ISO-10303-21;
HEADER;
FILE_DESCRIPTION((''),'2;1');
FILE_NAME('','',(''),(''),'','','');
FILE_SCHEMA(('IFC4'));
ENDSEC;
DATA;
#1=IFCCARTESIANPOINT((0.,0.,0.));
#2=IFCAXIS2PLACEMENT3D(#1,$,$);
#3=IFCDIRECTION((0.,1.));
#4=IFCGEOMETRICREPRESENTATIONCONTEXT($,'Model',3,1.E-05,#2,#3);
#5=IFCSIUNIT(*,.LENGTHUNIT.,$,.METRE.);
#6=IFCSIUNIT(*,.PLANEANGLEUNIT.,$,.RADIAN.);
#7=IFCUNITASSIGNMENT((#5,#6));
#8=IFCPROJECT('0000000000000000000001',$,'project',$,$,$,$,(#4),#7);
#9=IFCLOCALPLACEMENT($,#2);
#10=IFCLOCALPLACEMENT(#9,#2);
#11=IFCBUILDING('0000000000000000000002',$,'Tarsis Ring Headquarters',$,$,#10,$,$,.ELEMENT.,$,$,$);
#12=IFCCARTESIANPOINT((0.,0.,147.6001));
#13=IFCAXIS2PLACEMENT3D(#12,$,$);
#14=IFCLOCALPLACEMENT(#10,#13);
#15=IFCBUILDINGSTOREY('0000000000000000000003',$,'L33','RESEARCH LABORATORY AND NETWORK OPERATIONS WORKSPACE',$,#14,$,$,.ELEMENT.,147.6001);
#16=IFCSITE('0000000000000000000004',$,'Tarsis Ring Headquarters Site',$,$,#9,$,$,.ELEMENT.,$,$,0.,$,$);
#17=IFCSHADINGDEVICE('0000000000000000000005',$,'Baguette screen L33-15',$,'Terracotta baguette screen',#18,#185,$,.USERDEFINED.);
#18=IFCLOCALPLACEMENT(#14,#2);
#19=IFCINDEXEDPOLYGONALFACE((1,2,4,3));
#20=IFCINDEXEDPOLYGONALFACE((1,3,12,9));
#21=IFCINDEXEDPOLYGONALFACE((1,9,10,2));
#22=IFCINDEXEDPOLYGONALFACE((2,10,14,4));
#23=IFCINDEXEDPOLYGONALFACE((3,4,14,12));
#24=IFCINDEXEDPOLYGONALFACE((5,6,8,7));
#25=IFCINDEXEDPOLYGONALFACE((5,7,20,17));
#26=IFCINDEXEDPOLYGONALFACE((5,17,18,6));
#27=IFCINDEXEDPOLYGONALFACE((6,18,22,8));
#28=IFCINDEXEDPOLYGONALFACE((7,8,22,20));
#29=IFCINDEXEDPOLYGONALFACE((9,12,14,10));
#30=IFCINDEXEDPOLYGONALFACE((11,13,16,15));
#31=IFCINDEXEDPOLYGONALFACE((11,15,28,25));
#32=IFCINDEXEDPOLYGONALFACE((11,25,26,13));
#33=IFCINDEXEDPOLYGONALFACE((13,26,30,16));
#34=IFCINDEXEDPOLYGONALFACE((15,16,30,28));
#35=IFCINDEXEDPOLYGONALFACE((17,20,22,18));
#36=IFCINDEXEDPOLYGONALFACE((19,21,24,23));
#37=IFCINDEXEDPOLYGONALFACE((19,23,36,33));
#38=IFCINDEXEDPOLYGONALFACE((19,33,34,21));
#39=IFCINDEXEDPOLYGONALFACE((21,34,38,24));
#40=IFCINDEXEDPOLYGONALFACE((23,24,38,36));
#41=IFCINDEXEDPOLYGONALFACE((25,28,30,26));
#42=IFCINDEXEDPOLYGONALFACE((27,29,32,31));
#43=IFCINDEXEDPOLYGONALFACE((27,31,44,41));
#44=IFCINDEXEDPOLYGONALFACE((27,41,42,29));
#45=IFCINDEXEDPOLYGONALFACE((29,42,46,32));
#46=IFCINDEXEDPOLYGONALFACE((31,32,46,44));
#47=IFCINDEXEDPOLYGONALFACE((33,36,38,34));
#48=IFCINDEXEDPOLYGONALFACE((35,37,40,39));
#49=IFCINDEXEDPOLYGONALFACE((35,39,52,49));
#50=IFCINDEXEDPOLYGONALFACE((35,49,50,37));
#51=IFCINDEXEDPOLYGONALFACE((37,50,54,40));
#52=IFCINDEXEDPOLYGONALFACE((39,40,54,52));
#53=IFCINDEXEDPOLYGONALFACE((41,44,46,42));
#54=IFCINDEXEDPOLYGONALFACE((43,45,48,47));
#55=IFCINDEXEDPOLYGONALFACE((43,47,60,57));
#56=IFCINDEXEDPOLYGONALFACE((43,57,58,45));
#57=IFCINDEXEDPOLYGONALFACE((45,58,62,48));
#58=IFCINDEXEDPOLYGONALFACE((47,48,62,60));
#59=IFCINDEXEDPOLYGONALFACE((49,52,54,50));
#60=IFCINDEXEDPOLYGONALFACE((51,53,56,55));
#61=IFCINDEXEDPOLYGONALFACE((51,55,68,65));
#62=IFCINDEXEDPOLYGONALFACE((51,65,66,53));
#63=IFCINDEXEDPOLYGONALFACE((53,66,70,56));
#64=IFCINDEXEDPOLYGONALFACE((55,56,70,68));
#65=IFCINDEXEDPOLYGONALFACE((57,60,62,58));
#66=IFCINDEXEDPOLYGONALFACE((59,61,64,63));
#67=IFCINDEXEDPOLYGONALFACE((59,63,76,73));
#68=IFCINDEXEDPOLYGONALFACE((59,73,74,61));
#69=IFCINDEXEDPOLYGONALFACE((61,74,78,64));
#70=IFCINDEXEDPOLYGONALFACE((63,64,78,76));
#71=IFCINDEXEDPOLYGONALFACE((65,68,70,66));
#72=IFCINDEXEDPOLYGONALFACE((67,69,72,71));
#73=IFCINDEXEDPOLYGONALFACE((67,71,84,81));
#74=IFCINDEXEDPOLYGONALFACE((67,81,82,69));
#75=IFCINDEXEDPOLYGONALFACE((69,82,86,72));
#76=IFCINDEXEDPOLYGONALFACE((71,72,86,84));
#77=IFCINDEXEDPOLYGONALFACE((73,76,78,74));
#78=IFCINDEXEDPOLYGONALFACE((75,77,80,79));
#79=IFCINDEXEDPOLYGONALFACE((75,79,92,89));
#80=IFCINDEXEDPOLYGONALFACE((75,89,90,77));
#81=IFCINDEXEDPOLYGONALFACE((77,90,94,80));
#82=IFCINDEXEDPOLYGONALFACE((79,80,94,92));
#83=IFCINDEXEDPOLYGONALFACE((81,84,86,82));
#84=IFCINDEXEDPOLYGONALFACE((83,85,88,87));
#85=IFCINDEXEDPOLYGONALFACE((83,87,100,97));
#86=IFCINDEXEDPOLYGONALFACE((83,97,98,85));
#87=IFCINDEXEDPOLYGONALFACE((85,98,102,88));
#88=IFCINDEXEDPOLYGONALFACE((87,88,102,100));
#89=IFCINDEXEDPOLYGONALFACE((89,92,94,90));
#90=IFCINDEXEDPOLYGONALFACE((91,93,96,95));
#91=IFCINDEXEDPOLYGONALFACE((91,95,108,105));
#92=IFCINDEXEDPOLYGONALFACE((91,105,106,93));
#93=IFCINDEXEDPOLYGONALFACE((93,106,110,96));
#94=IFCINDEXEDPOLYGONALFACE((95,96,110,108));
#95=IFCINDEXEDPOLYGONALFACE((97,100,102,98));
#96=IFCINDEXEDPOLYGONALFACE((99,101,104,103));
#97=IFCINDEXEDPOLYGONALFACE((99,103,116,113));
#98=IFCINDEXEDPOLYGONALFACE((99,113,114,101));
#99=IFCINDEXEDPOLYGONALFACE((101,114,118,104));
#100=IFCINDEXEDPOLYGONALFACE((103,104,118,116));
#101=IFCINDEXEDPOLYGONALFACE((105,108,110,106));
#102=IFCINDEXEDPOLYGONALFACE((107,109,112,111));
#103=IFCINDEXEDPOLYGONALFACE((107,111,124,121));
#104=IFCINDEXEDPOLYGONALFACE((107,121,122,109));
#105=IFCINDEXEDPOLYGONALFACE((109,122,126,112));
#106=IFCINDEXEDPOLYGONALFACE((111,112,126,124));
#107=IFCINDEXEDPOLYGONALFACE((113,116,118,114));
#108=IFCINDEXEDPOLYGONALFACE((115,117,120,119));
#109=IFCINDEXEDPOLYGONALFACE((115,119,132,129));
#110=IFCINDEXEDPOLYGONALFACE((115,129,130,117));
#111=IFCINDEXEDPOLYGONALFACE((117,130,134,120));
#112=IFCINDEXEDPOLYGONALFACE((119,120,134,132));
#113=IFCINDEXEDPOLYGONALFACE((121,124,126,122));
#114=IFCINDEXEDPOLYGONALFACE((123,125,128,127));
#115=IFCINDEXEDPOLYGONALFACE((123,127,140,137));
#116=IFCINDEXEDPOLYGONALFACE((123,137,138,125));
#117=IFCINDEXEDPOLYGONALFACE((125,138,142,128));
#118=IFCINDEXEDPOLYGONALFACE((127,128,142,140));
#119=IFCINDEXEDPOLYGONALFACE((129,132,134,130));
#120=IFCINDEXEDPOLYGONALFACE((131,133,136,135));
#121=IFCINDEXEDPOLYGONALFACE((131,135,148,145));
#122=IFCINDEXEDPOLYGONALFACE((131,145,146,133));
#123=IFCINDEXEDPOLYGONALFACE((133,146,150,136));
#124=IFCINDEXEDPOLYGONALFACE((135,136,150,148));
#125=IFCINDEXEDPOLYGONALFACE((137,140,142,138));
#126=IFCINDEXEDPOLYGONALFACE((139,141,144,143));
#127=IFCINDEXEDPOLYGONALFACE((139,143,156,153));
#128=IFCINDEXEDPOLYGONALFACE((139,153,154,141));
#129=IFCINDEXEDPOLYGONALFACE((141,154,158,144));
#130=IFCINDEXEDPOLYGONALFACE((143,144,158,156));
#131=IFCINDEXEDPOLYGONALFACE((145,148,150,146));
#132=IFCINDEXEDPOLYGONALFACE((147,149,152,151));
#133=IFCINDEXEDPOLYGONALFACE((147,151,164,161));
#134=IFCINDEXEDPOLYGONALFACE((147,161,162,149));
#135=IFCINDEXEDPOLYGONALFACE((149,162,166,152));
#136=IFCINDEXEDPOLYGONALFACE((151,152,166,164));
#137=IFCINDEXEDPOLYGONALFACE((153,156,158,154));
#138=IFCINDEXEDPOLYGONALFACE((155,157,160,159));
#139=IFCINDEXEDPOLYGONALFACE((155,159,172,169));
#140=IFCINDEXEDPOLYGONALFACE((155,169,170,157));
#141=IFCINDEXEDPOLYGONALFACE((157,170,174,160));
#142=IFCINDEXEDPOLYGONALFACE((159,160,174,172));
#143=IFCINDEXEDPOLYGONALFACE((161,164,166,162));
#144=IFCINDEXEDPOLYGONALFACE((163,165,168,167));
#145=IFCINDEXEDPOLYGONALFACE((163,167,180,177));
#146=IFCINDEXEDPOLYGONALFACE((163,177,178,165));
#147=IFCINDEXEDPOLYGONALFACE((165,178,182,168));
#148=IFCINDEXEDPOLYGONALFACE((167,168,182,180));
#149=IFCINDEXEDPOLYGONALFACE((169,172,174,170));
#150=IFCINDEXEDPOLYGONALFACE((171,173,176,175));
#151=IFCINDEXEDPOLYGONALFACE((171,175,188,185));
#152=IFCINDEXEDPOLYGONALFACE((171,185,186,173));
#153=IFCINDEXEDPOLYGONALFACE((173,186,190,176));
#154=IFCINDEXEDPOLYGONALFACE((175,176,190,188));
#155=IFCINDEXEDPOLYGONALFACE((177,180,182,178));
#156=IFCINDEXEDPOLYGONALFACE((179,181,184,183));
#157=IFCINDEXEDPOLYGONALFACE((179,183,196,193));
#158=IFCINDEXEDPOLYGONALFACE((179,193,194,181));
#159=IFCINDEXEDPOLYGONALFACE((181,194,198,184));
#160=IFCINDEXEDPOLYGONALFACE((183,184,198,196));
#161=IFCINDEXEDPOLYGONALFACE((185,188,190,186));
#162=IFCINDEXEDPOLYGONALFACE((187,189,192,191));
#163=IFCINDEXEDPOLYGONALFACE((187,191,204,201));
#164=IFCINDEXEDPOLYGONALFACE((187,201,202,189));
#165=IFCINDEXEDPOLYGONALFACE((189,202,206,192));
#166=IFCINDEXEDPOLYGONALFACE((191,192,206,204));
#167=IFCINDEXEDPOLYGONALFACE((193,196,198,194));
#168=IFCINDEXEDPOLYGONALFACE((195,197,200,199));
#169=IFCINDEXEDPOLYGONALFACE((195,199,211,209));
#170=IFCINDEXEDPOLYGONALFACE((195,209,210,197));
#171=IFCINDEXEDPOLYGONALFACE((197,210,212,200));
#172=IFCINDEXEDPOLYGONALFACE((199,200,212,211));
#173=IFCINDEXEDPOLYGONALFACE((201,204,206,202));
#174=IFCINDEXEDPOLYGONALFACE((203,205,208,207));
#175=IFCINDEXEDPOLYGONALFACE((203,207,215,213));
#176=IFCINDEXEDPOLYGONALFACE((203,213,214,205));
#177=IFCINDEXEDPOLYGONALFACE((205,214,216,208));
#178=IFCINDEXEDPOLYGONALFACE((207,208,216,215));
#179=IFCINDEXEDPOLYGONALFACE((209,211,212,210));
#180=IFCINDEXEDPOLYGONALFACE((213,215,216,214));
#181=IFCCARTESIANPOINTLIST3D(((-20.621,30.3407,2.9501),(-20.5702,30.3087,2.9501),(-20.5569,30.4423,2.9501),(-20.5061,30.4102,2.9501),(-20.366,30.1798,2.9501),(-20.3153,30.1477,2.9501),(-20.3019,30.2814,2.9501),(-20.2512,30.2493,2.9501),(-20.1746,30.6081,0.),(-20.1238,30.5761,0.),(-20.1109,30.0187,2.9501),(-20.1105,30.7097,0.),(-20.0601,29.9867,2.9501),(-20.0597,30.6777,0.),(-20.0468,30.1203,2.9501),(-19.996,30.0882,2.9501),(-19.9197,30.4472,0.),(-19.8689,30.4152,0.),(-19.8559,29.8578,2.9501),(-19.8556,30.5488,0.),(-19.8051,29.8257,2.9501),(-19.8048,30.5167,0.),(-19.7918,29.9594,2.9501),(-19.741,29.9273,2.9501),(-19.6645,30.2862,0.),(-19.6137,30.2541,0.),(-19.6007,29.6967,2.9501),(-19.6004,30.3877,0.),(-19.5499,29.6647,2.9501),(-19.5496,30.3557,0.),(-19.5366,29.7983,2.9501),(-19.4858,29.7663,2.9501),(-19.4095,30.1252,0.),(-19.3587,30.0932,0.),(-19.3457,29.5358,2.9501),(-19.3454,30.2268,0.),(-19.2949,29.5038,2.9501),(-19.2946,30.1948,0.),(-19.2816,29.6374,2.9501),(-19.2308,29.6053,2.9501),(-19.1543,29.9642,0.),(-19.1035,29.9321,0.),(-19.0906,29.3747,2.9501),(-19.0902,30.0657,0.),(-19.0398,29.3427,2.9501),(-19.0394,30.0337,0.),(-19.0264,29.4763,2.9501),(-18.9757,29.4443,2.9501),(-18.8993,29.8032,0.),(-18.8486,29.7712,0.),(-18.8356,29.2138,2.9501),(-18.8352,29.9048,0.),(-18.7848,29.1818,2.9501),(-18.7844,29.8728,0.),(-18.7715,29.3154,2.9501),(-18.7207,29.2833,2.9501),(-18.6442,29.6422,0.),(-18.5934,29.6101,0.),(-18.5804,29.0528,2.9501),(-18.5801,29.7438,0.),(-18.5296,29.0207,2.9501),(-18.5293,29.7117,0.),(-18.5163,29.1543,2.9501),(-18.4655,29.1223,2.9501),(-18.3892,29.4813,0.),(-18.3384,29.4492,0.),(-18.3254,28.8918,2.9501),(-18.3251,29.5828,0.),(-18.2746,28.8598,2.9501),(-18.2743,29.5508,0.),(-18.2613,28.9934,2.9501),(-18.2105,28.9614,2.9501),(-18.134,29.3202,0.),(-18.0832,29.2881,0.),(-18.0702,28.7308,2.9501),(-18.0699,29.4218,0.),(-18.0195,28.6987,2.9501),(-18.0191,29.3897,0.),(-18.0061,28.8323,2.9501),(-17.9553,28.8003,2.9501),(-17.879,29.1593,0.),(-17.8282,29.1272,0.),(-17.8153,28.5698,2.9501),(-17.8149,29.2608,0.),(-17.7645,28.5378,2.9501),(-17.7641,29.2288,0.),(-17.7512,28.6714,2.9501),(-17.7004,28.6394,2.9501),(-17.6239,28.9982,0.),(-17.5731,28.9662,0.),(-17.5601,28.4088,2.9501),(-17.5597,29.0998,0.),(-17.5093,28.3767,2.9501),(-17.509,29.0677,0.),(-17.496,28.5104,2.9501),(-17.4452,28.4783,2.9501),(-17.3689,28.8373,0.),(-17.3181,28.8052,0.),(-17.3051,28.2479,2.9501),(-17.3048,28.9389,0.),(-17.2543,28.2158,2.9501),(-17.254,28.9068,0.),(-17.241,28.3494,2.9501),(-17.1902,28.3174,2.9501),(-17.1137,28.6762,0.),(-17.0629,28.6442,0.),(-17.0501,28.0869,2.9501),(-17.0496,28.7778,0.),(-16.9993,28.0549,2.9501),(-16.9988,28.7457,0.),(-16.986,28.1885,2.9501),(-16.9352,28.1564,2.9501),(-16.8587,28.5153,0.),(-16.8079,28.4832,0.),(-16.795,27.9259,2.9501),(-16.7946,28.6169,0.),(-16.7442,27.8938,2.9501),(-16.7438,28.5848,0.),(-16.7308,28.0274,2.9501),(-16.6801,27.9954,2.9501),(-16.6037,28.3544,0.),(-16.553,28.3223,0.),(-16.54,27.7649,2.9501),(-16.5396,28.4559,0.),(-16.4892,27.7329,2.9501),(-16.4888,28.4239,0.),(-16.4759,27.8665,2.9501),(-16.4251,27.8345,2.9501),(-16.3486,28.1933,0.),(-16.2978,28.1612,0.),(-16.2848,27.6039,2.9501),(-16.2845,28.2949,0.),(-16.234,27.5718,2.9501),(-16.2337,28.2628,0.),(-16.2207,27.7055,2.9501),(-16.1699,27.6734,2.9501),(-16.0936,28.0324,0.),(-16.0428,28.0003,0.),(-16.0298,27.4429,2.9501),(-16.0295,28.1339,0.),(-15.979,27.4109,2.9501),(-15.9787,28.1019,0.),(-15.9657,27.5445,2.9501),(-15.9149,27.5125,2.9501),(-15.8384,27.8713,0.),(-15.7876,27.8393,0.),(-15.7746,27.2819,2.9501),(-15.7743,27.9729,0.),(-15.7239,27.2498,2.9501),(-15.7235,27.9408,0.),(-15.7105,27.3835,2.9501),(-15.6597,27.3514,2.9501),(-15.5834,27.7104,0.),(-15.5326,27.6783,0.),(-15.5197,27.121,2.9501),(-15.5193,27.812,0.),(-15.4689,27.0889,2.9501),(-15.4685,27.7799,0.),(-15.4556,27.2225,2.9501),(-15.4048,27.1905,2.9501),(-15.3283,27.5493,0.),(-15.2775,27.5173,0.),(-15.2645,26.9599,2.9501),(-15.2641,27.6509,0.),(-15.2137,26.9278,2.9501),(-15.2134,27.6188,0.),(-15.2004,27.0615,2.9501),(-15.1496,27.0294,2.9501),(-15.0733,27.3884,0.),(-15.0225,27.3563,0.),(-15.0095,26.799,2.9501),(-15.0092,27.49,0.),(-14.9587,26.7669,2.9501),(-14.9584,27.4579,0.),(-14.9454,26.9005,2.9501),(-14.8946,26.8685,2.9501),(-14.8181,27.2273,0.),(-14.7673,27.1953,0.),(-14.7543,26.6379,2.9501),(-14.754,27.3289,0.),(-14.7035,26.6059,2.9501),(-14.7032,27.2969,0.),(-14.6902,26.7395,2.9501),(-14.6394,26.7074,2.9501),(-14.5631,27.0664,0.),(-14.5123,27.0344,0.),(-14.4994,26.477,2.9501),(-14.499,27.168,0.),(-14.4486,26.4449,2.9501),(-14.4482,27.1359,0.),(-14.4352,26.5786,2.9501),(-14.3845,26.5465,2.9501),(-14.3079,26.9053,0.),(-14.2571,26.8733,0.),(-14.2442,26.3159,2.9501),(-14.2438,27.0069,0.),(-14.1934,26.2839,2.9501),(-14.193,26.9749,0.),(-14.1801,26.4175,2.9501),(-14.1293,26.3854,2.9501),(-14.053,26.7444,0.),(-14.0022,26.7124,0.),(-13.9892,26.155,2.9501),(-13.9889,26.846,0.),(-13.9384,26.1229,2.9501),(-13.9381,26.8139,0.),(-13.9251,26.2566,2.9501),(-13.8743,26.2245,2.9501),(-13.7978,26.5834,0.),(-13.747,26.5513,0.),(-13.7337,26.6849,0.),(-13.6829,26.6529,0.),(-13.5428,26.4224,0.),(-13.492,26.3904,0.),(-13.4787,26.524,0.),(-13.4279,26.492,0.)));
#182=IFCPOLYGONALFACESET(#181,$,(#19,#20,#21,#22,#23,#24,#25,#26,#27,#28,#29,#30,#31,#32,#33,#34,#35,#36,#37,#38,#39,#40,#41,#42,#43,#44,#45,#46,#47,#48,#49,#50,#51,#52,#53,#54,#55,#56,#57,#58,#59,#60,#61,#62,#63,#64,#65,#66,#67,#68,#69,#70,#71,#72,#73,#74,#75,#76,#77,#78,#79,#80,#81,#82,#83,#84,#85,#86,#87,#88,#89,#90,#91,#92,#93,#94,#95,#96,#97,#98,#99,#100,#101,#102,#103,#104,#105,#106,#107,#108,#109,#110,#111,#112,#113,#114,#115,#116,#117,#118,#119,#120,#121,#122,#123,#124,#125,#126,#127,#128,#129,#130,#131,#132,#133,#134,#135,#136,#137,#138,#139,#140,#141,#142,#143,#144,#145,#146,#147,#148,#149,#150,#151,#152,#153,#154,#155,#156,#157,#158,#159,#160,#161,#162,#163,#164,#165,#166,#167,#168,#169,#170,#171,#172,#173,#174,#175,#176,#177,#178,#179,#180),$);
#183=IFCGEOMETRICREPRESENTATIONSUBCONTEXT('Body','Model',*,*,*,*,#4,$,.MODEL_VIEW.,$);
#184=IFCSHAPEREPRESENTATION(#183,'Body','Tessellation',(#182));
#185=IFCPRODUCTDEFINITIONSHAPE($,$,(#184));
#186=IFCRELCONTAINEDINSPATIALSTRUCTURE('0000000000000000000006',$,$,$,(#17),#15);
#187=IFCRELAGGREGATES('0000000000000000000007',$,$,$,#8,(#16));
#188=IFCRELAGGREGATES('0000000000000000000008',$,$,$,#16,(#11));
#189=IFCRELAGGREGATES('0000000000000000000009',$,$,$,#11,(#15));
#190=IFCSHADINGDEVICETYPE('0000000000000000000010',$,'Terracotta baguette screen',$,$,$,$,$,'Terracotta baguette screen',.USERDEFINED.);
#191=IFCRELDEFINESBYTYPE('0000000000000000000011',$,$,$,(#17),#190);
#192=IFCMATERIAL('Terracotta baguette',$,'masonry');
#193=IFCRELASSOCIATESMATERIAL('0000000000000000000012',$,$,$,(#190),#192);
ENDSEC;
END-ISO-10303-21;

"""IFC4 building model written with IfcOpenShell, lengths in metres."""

from ifc_helpers import new_model, si_unit, direction, frame, frame_2d, origin, place, context, subcontext, project, spatial, rectangle, composite_profile, extrude, material, type_object, element, save


model = new_model("IFC4")

# Units and contexts
model_context = context("Model", 3, precision=1e-05, world=origin(), true_north=direction((0.0, 1.0)))
body_context = subcontext(model_context, "Body", "Model", "MODEL_VIEW")
ifc_project = project(units=[si_unit("LENGTHUNIT", "METRE"), si_unit("PLANEANGLEUNIT", "RADIAN")], contexts=[model_context])

# Site, building, storey
site_placement = place(None, origin())
site = spatial("IfcSite", under=ifc_project, at=site_placement, Name="Tarsis Ring Headquarters Site", CompositionType="ELEMENT", RefElevation=0.0)
building_placement = place(site_placement, origin())
building = spatial("IfcBuilding", under=site, at=building_placement, Name="Tarsis Ring Headquarters", CompositionType="ELEMENT")
storey_placement = place(building_placement, frame((0.0, 0.0, 147.6001)))
storey = spatial("IfcBuildingStorey", under=building, at=storey_placement, Name="L33", Description="RESEARCH LABORATORY AND NETWORK OPERATIONS WORKSPACE", CompositionType="ELEMENT", Elevation=147.6001)

# Shading device
ifc_material_1 = material(Name="Terracotta baguette", Category="masonry")
shading_device_type_1 = type_object("IfcShadingDeviceType", Name="Terracotta baguette screen", ElementType="Terracotta baguette screen", PredefinedType="USERDEFINED", material=ifc_material_1)
shading_device_1_placement = place(storey_placement, frame((-13.46, 26.4412, 0.0), z_axis=(0.0, 0.0, 1.0), x_axis=(-0.84565, 0.533737, 0.0)))
element("IfcShadingDevice", 1, at=shading_device_1_placement, inside=storey, type_object=shading_device_type_1, Name="Baguette screen L33-15", ObjectType="Terracotta baguette screen", PredefinedType="USERDEFINED", context=body_context, shape_type="SweptSolid", body=[
    extrude(composite_profile([rectangle(XDim=0.0601, YDim=0.1201, at=frame_2d((0.03, 0.0))), rectangle(XDim=0.0601, YDim=0.1201, at=frame_2d((0.3315, 0.0))), rectangle(XDim=0.0601, YDim=0.1201, at=frame_2d((0.6333, 0.0))), rectangle(XDim=0.0601, YDim=0.1201, at=frame_2d((0.9348, 0.0))), rectangle(XDim=0.0601, YDim=0.1201, at=frame_2d((1.2366, 0.0))), rectangle(XDim=0.0601, YDim=0.1201, at=frame_2d((1.5381, 0.0))), rectangle(XDim=0.0601, YDim=0.1201, at=frame_2d((1.8398, 0.0))), rectangle(XDim=0.0601, YDim=0.1201, at=frame_2d((2.1414, 0.0))), rectangle(XDim=0.0601, YDim=0.1201, at=frame_2d((2.4431, 0.0))), rectangle(XDim=0.0601, YDim=0.1201, at=frame_2d((2.7446, 0.0))), rectangle(XDim=0.0601, YDim=0.1201, at=frame_2d((3.0464, 0.0))), rectangle(XDim=0.0601, YDim=0.1201, at=frame_2d((3.3479, 0.0))), rectangle(XDim=0.0601, YDim=0.1201, at=frame_2d((3.6497, 0.0))), rectangle(XDim=0.0601, YDim=0.1201, at=frame_2d((3.9512, 0.0))), rectangle(XDim=0.0601, YDim=0.1201, at=frame_2d((4.2527, 0.0))), rectangle(XDim=0.0601, YDim=0.1201, at=frame_2d((4.5544, 0.0))), rectangle(XDim=0.0601, YDim=0.1201, at=frame_2d((4.856, 0.0))), rectangle(XDim=0.0601, YDim=0.1201, at=frame_2d((5.1577, 0.0))), rectangle(XDim=0.0601, YDim=0.1201, at=frame_2d((5.4592, 0.0))), rectangle(XDim=0.0601, YDim=0.1201, at=frame_2d((5.761, 0.0))), rectangle(XDim=0.0601, YDim=0.1201, at=frame_2d((6.0625, 0.0))), rectangle(XDim=0.0601, YDim=0.1201, at=frame_2d((6.3643, 0.0))), rectangle(XDim=0.0601, YDim=0.1201, at=frame_2d((6.6658, 0.0))), rectangle(XDim=0.0601, YDim=0.1201, at=frame_2d((6.9675, 0.0))), rectangle(XDim=0.0601, YDim=0.1201, at=frame_2d((7.269, 0.0))), rectangle(XDim=0.0601, YDim=0.1201, at=frame_2d((7.5708, 0.0))), rectangle(XDim=0.0601, YDim=0.1201, at=frame_2d((7.8723, 0.0)))]), origin(), (0.078364, 0.155031, 0.984797), 2.9956),
])

save(model, "model.ifc")
